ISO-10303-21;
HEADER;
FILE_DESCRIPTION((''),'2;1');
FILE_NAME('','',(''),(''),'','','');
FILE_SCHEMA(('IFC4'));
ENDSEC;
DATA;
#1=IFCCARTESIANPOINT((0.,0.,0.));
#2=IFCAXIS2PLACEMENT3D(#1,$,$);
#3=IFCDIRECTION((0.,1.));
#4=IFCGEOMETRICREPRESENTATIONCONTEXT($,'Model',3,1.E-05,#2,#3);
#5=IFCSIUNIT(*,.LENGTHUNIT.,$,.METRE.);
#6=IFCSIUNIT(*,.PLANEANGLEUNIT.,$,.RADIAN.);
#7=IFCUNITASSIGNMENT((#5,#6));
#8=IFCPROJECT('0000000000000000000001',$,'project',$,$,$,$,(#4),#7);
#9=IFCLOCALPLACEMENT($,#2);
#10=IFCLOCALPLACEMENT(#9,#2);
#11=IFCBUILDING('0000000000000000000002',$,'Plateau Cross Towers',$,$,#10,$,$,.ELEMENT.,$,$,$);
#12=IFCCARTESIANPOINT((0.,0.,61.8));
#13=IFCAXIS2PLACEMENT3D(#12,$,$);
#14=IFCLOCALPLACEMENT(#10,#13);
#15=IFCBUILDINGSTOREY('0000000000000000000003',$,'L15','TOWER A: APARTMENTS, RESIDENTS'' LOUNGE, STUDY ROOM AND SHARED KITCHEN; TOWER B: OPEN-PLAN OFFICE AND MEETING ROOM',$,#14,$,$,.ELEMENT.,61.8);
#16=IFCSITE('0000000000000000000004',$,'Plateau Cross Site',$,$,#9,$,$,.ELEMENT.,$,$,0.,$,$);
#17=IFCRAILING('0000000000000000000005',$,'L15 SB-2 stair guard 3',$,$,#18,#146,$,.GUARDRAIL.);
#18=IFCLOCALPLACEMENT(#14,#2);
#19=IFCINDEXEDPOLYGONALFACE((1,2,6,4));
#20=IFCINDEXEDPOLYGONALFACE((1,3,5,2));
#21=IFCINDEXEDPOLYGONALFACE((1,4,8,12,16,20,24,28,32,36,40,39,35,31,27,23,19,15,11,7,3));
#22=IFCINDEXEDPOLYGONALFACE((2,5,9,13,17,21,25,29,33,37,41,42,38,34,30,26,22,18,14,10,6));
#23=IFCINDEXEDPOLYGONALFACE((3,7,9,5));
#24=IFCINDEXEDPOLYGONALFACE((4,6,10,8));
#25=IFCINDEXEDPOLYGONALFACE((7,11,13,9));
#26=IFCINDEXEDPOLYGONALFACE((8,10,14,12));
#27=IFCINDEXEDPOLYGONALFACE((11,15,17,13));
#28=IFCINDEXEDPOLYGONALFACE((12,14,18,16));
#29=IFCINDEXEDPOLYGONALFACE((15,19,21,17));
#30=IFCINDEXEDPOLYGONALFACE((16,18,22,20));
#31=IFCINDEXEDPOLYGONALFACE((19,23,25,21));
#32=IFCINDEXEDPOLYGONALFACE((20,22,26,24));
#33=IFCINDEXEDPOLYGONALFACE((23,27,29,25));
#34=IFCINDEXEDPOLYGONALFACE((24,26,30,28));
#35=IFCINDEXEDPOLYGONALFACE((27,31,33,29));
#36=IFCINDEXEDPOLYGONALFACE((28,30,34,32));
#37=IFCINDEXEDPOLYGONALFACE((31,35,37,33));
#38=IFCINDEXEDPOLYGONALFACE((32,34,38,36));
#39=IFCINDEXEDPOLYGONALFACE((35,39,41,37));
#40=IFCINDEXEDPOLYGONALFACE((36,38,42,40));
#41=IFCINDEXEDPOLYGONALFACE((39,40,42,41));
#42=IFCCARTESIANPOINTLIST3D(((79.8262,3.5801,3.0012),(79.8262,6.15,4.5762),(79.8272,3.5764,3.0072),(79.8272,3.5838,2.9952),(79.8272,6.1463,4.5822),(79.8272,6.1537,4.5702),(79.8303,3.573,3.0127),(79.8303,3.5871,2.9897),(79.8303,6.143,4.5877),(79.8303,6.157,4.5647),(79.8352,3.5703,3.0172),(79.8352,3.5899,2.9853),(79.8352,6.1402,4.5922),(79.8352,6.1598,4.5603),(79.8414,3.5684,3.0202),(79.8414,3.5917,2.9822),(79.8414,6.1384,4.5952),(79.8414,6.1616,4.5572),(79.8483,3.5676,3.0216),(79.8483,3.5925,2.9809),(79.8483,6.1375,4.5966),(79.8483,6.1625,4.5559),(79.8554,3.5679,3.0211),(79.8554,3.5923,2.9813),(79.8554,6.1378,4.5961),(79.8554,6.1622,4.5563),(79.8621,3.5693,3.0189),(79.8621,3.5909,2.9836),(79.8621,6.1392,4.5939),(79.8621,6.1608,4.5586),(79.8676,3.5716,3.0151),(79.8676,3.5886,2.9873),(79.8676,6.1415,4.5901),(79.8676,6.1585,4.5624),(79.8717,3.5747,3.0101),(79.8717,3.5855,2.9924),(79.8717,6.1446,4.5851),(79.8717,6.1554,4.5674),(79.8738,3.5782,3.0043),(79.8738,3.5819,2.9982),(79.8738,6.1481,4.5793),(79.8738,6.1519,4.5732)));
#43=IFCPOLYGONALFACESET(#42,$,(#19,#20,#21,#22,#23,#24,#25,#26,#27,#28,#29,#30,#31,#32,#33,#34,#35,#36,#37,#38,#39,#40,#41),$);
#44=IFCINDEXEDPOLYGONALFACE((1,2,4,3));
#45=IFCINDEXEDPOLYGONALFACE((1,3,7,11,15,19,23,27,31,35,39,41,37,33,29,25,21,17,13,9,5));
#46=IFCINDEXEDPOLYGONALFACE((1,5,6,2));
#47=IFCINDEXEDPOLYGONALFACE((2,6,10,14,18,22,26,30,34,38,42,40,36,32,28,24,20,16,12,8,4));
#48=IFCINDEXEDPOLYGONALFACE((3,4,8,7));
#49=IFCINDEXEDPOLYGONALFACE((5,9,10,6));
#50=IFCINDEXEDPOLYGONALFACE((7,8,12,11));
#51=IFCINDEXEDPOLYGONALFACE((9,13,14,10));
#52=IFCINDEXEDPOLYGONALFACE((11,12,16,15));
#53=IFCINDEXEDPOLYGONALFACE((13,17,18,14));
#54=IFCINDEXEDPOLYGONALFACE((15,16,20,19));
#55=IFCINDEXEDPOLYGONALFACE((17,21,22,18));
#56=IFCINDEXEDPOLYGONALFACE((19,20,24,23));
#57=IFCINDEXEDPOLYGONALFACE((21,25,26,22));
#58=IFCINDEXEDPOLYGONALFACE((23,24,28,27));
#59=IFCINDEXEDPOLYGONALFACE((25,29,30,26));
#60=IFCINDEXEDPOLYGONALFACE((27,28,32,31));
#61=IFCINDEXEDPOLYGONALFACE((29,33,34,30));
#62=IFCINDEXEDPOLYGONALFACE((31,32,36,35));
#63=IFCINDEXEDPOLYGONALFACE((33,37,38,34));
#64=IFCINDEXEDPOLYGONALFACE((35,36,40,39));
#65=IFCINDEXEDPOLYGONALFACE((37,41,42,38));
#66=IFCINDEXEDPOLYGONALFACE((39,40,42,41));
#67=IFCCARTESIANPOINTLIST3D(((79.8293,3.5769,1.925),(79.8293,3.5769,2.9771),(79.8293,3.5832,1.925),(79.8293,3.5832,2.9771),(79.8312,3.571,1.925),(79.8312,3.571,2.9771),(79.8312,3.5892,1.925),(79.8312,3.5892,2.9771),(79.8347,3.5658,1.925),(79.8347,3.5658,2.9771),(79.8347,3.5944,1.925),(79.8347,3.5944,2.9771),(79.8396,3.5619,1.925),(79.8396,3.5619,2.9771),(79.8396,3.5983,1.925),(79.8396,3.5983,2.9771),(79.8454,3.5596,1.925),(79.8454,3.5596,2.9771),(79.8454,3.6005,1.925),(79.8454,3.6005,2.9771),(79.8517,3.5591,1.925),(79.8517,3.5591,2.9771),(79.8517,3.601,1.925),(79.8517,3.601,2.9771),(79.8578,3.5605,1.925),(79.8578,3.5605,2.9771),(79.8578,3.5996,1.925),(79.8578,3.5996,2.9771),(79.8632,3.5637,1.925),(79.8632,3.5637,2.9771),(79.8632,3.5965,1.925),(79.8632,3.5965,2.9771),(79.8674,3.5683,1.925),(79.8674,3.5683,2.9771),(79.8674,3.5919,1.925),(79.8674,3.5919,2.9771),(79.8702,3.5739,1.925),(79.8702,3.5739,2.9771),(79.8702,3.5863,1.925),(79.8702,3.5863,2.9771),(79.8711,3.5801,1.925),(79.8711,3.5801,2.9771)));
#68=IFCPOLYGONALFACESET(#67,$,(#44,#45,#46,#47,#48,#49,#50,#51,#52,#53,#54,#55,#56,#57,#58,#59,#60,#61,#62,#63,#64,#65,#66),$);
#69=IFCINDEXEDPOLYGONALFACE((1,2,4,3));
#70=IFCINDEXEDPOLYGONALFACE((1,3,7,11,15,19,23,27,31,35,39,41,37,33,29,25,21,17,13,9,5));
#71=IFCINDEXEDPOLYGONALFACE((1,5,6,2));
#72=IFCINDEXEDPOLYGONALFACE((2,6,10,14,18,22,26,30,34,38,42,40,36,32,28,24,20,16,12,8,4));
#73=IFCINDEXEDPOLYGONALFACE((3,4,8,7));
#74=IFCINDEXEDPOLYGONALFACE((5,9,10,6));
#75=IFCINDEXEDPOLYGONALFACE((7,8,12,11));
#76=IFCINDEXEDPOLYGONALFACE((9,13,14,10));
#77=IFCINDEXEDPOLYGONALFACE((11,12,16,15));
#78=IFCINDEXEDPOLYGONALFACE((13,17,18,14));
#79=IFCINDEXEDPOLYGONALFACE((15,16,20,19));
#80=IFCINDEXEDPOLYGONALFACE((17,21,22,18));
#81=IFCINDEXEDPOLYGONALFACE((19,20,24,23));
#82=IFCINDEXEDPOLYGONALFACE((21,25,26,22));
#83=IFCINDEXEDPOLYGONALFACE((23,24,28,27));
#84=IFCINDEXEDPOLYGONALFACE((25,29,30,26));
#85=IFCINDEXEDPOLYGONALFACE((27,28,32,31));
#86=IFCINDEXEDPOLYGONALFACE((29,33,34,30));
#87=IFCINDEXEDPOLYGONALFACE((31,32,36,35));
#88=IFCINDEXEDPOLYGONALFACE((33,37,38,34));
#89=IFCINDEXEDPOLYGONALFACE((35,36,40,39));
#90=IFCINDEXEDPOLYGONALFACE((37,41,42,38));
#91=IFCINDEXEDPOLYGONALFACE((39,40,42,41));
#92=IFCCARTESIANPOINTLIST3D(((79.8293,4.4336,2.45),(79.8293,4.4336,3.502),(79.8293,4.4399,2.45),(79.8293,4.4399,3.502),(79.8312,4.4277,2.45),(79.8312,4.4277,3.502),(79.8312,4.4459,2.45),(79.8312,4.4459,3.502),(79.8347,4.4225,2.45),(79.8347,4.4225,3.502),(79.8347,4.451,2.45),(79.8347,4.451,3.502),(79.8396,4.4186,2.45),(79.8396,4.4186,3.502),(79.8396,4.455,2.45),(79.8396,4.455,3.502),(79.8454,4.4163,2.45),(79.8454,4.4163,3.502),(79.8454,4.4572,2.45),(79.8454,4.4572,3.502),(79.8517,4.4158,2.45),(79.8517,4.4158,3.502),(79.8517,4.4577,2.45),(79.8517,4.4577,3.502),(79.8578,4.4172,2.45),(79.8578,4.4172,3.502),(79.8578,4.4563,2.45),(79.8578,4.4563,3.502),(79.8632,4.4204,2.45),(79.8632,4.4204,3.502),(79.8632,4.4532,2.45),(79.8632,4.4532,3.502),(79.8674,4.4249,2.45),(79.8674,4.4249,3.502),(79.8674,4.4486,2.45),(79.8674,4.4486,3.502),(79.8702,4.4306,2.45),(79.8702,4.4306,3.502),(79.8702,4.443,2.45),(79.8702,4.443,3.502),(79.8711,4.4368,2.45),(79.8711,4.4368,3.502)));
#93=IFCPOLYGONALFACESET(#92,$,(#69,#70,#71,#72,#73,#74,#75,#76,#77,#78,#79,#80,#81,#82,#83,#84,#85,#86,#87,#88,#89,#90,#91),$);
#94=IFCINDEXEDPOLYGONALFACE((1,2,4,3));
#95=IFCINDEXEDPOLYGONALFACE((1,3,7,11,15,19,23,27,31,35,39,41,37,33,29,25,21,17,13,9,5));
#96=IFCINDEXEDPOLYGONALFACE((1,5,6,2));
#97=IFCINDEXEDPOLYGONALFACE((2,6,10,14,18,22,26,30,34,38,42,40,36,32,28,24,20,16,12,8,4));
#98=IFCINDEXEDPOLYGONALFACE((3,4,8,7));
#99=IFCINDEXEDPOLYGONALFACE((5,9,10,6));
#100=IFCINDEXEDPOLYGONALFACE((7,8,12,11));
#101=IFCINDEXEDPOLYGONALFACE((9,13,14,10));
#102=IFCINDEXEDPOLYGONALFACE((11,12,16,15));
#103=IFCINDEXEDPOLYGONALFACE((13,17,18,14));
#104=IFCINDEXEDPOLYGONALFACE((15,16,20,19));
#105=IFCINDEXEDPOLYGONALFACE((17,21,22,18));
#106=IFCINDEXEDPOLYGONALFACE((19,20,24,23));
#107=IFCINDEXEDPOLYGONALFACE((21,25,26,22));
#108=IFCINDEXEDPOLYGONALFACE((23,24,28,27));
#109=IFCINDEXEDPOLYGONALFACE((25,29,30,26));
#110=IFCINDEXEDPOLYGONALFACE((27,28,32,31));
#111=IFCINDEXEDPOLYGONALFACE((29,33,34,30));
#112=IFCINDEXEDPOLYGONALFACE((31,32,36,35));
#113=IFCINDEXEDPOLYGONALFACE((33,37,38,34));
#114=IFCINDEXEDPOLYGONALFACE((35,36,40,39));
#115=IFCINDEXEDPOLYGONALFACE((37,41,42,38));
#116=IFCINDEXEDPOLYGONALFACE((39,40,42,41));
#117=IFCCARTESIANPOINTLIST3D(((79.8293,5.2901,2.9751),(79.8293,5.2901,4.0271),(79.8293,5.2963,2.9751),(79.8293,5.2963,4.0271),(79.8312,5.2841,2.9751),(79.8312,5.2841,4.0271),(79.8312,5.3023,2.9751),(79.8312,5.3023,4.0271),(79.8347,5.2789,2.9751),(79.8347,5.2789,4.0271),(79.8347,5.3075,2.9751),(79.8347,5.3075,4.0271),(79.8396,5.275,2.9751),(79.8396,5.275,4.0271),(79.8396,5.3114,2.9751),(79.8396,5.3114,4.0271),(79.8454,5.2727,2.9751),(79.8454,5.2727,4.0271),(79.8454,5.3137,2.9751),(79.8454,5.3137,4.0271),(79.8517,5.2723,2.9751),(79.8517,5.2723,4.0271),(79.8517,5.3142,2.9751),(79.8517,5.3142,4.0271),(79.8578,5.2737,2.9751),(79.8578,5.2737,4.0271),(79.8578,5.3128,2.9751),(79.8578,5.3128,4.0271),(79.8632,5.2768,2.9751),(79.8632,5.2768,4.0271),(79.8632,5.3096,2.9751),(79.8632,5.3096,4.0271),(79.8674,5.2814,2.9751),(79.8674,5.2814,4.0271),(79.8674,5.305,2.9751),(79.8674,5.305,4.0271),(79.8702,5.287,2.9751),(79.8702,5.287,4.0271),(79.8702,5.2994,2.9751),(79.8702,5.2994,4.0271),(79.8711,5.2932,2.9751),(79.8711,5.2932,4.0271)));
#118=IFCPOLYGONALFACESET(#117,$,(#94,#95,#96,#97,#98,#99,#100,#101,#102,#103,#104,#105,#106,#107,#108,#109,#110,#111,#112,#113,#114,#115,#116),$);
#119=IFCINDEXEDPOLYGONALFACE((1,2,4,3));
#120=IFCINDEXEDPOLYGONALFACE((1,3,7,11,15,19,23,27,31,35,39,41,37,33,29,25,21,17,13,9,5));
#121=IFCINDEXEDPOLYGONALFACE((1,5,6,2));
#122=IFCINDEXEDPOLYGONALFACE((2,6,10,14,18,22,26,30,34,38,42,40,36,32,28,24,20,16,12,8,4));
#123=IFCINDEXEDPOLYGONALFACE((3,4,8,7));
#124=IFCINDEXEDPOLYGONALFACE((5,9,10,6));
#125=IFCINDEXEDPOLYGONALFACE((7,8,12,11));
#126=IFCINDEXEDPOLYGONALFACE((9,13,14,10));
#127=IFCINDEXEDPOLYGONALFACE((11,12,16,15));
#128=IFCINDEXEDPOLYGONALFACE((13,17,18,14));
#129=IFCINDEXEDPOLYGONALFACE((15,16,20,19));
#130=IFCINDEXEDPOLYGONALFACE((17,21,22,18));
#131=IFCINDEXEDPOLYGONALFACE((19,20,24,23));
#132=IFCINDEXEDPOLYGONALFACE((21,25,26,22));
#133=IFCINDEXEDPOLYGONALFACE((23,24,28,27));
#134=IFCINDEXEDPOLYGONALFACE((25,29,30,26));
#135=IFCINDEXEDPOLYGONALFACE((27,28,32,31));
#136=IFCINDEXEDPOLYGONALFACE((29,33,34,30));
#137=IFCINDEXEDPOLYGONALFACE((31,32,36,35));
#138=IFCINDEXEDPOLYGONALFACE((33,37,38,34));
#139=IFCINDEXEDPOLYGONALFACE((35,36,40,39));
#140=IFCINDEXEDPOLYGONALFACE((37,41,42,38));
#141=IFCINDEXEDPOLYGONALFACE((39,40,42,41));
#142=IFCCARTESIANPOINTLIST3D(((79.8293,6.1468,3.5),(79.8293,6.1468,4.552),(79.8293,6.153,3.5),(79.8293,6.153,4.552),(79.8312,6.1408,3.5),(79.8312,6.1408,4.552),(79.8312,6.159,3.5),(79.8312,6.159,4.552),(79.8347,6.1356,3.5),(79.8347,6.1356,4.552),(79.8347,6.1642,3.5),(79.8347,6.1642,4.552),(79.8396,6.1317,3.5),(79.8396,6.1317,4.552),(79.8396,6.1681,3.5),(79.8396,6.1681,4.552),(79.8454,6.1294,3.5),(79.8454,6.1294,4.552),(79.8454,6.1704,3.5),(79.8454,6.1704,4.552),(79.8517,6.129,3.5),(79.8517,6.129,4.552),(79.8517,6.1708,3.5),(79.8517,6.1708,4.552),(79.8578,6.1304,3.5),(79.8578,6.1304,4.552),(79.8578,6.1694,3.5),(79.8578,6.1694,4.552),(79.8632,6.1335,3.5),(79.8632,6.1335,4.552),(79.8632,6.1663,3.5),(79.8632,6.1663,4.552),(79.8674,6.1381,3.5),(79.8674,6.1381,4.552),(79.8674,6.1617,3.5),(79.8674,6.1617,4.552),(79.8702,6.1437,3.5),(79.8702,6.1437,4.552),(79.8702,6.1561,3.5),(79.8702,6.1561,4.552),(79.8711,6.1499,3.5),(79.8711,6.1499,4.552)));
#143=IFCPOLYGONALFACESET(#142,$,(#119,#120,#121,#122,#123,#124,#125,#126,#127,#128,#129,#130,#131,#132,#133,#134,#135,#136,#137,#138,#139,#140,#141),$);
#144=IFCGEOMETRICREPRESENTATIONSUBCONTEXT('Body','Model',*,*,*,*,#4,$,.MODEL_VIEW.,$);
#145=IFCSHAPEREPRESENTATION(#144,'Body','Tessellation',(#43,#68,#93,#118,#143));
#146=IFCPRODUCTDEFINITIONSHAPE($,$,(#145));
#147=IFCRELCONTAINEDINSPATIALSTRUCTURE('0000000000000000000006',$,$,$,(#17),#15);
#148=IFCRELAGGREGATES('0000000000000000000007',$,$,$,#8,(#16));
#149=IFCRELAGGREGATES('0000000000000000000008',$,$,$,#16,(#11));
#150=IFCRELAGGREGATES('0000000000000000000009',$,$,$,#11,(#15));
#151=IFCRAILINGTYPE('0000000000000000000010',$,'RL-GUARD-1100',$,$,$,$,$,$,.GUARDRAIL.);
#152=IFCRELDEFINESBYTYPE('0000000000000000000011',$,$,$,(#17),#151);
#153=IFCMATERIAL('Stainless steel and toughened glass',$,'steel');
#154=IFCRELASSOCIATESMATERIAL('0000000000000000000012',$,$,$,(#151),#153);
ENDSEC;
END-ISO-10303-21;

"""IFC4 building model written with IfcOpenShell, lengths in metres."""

from ifc_helpers import new_model, si_unit, direction, frame, origin, origin_2d, place, context, subcontext, project, spatial, circle, extrude, material, type_object, element, save


model = new_model("IFC4")

# Units and contexts
model_context = context("Model", 3, precision=1e-05, world=origin(), true_north=direction((0.0, 1.0)))
body_context = subcontext(model_context, "Body", "Model", "MODEL_VIEW")
ifc_project = project(units=[si_unit("LENGTHUNIT", "METRE"), si_unit("PLANEANGLEUNIT", "RADIAN")], contexts=[model_context])

# Site, building, storey
site_placement = place(None, origin())
site = spatial("IfcSite", under=ifc_project, at=site_placement, Name="Plateau Cross Site", CompositionType="ELEMENT", RefElevation=0.0)
building_placement = place(site_placement, origin())
building = spatial("IfcBuilding", under=site, at=building_placement, Name="Plateau Cross Towers", CompositionType="ELEMENT")
storey_placement = place(building_placement, frame((0.0, 0.0, 61.8)))
storey = spatial("IfcBuildingStorey", under=building, at=storey_placement, Name="L15", Description="TOWER A: APARTMENTS, RESIDENTS' LOUNGE, STUDY ROOM AND SHARED KITCHEN; TOWER B: OPEN-PLAN OFFICE AND MEETING ROOM", CompositionType="ELEMENT", Elevation=61.8)

# Railing
ifc_material_1 = material(Name="Stainless steel and toughened glass", Category="steel")
railing_type_1 = type_object("IfcRailingType", Name="RL-GUARD-1100", PredefinedType="GUARDRAIL", material=ifc_material_1)
railing_1_placement = place(storey_placement, frame((79.8501, 3.5801, 1.925)))
element("IfcRailing", 1, at=railing_1_placement, inside=storey, type_object=railing_type_1, Name="L15 SB-2 stair guard 3", PredefinedType="GUARDRAIL", context=body_context, shape_type="SweptSolid", body=[
    extrude(circle(Radius=0.0239, at=origin_2d()), frame((0.0, 0.0, 1.0762), z_axis=(0.0, 0.852616, 0.522537), x_axis=(-1.0, 0.0, 0.0)), (0.0, 0.0, 1.0), 3.0142),
    extrude(circle(Radius=0.021, at=origin_2d()), origin(), (0.0, 0.0, 1.0), 1.052),
    extrude(circle(Radius=0.021, at=origin_2d()), frame((0.0, 0.8567, 0.5249)), (0.0, 0.0, 1.0), 1.052),
    extrude(circle(Radius=0.021, at=origin_2d()), frame((0.0, 1.7131, 1.05)), (0.0, 0.0, 1.0), 1.052),
    extrude(circle(Radius=0.021, at=origin_2d()), frame((0.0, 2.5698, 1.575)), (0.0, 0.0, 1.0), 1.052),
])

save(model, "model.ifc")
